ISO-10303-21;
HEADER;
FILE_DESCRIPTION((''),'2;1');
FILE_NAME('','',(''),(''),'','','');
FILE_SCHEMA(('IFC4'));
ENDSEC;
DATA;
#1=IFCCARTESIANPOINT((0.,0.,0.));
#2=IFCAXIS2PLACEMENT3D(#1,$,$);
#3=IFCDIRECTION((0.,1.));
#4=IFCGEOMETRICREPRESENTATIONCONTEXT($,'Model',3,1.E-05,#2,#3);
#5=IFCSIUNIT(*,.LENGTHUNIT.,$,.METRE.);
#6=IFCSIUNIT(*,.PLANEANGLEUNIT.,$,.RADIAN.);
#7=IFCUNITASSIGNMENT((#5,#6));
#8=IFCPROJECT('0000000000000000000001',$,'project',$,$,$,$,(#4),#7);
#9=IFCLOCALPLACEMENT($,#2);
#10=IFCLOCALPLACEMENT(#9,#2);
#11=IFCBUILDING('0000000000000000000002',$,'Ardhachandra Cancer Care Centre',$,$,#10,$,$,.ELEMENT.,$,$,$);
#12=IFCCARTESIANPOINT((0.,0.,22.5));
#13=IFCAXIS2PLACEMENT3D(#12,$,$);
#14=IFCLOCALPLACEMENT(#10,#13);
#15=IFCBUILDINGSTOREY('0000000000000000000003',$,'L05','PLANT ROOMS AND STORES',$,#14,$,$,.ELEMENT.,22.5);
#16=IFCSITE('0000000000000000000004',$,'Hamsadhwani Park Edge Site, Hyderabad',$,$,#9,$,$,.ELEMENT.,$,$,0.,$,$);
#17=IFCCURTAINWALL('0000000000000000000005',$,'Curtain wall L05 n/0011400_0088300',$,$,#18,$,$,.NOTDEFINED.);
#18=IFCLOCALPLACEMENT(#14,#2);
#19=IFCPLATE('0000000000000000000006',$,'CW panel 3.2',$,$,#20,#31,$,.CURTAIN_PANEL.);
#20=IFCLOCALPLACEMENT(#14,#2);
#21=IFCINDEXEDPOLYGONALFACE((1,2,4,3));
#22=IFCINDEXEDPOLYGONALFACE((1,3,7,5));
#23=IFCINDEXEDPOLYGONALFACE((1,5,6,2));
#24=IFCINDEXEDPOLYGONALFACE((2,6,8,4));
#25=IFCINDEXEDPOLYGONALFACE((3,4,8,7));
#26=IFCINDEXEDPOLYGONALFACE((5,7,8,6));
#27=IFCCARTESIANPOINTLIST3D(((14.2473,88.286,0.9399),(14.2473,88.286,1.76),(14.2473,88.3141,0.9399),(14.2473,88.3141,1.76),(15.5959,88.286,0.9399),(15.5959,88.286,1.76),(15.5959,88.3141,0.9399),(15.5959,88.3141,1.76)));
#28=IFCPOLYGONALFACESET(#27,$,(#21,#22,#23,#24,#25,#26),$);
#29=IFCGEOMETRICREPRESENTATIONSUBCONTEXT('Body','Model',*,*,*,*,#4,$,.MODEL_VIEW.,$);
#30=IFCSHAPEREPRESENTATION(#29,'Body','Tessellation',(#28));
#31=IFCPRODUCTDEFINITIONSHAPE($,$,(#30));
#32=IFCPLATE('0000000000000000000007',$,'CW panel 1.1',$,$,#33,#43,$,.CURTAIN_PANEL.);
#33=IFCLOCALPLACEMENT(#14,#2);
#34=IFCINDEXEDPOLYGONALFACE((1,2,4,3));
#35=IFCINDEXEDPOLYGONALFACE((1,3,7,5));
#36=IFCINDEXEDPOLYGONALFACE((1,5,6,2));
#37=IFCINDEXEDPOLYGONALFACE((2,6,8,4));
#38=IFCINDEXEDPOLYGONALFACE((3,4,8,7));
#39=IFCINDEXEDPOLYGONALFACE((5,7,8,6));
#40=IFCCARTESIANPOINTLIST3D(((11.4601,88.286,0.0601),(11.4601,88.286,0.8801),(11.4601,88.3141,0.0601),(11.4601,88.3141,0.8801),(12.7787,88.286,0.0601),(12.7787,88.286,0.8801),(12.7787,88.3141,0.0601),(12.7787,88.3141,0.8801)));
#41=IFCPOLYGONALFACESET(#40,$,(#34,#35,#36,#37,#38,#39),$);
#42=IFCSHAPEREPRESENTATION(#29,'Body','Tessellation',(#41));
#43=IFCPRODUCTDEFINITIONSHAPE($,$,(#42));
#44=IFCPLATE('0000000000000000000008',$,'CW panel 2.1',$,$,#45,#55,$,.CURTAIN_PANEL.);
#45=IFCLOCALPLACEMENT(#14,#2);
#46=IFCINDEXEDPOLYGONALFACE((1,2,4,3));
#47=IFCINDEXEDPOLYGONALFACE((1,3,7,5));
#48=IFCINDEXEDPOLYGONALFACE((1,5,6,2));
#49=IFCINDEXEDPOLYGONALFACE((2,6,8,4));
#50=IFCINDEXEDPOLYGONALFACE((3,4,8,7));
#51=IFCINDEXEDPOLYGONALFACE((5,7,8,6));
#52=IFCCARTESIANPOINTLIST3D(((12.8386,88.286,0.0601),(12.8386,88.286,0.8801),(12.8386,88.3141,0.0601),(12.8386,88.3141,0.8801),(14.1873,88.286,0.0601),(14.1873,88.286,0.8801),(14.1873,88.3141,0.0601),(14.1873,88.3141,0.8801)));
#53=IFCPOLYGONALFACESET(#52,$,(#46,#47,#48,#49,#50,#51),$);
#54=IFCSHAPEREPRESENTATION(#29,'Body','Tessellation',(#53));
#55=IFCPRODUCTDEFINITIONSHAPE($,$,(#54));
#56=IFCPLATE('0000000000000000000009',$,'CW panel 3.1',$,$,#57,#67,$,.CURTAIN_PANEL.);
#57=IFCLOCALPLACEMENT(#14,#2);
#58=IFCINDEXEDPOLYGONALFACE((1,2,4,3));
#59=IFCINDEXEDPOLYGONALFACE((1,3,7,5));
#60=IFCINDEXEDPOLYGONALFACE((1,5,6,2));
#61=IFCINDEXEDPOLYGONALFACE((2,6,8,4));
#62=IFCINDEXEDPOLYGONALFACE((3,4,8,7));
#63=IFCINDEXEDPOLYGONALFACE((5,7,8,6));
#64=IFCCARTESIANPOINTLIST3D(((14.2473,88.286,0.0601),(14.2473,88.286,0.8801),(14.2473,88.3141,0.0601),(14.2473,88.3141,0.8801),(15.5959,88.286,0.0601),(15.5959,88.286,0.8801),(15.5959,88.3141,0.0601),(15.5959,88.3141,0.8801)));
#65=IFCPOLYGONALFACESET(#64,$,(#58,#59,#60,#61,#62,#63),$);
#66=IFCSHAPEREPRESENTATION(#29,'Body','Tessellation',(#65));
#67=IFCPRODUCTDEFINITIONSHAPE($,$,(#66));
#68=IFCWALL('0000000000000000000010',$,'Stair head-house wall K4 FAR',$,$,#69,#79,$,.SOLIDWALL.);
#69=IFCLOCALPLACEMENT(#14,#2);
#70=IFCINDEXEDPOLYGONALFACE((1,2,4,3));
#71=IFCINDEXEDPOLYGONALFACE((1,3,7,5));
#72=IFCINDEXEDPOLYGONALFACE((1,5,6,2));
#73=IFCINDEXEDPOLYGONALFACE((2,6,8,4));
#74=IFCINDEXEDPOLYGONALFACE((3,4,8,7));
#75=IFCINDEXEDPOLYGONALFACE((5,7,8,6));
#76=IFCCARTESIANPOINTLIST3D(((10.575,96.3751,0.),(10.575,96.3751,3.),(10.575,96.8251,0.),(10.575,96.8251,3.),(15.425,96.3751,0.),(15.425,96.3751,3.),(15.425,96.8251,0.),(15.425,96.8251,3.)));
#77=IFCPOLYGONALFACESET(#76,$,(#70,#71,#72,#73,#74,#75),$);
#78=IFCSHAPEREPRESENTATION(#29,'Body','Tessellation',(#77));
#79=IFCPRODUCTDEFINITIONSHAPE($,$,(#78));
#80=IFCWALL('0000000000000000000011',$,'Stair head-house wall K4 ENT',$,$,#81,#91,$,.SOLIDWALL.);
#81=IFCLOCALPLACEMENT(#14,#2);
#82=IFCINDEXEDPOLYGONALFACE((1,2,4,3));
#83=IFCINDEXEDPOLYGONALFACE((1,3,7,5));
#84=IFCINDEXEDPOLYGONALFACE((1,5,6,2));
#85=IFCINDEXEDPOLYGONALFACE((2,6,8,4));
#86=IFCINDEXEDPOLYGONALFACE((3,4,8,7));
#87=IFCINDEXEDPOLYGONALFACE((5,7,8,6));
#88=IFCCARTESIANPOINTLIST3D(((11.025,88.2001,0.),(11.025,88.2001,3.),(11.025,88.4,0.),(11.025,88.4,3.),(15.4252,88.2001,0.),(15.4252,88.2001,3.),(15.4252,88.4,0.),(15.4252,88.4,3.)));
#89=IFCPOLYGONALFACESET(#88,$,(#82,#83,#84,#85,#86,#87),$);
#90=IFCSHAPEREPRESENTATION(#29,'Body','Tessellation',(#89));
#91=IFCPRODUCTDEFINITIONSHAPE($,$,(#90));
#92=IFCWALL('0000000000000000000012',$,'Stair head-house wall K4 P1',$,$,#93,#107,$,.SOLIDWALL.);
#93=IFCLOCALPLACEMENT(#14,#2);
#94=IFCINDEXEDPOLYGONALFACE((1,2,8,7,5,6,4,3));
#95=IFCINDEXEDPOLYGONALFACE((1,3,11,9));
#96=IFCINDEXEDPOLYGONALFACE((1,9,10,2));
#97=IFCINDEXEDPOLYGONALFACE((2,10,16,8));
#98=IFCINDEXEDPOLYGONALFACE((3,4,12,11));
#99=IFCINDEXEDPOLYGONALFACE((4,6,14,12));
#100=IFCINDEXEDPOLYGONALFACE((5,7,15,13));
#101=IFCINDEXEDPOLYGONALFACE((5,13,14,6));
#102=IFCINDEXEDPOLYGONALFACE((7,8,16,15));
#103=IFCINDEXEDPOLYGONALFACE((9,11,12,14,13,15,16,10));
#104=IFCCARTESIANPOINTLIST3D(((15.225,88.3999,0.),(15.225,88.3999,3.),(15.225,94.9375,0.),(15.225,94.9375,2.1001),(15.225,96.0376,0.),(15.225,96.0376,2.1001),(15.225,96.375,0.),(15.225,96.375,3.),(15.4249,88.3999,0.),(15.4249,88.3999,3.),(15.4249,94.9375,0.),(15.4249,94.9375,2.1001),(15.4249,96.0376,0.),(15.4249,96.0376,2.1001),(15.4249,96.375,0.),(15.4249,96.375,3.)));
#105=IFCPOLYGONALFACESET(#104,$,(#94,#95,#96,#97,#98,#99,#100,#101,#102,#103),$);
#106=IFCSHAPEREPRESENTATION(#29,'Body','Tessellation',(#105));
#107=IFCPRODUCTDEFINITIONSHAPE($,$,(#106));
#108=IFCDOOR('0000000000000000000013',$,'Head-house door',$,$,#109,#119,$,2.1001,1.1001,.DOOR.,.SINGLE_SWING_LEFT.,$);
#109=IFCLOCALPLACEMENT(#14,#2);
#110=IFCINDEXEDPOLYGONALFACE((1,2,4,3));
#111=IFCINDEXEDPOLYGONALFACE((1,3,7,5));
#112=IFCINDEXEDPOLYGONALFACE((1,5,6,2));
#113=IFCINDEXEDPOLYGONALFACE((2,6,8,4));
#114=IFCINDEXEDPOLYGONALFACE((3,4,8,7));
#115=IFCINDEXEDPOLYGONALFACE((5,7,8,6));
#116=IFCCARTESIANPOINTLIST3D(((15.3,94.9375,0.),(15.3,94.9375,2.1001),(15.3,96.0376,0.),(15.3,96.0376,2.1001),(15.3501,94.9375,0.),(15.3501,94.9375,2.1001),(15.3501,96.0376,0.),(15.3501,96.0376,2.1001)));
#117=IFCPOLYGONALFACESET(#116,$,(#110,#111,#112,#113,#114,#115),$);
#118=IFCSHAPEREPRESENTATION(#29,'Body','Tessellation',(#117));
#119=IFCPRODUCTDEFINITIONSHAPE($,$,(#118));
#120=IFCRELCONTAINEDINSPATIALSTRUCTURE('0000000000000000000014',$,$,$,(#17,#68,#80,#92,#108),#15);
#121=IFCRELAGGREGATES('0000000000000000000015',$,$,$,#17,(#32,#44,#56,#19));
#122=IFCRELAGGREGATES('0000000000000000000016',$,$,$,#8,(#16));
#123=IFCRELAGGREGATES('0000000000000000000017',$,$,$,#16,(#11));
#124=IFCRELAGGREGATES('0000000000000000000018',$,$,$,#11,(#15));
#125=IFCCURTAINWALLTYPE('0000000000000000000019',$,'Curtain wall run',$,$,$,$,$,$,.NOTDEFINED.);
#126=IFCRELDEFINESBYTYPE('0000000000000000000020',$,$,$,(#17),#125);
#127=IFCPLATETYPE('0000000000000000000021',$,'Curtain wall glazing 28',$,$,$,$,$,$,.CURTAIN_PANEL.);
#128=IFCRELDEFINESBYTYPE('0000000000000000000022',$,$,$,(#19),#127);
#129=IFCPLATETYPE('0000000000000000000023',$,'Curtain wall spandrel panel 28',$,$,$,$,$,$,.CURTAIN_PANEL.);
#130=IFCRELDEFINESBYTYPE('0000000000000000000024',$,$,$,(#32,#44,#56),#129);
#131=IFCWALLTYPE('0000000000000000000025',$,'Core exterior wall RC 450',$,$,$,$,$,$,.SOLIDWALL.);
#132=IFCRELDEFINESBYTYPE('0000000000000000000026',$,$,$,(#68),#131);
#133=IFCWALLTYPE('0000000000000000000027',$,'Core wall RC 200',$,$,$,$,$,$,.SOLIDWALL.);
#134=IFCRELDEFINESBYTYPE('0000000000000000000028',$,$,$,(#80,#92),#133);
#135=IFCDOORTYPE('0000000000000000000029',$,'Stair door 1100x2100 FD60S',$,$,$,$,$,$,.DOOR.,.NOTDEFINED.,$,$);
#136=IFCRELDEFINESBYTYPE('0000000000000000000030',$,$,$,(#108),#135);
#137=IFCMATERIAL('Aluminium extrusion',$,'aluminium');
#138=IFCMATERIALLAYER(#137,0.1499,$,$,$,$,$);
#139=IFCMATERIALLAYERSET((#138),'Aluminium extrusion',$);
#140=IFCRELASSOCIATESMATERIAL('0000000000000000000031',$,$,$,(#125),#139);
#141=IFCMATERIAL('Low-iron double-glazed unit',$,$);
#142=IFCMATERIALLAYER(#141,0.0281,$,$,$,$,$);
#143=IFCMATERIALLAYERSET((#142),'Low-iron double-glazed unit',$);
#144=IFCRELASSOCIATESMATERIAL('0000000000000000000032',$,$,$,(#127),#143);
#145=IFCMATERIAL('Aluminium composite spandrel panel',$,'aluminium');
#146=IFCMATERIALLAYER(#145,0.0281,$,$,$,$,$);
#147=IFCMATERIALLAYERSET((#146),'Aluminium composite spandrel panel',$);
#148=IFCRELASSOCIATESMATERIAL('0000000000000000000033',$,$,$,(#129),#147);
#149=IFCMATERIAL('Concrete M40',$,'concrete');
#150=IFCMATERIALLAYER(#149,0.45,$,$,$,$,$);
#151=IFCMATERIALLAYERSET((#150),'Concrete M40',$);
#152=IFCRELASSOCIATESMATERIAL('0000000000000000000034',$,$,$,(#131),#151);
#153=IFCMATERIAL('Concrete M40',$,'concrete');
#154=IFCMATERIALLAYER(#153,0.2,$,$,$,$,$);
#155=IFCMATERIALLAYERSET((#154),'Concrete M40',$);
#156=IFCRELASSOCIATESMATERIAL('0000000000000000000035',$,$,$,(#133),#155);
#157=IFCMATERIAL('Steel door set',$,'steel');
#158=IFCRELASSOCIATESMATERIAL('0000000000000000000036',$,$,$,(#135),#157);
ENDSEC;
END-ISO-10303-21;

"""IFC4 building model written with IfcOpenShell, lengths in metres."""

from ifc_helpers import new_model, si_unit, direction, frame, frame_2d, origin, origin_2d, place, context, subcontext, project, spatial, rectangle, extrude, material, layer, layer_set, type_object, element, fill, aggregate, save


model = new_model("IFC4")

# Units and contexts
model_context = context("Model", 3, precision=1e-05, world=origin(), true_north=direction((0.0, 1.0)))
body_context = subcontext(model_context, "Body", "Model", "MODEL_VIEW")
ifc_project = project(units=[si_unit("LENGTHUNIT", "METRE"), si_unit("PLANEANGLEUNIT", "RADIAN")], contexts=[model_context])

# Site, building, storey
site_placement = place(None, origin())
site = spatial("IfcSite", under=ifc_project, at=site_placement, Name="Hamsadhwani Park Edge Site, Hyderabad", CompositionType="ELEMENT", RefElevation=0.0)
building_placement = place(site_placement, origin())
building = spatial("IfcBuilding", under=site, at=building_placement, Name="Ardhachandra Cancer Care Centre", CompositionType="ELEMENT")
storey_placement = place(building_placement, frame((0.0, 0.0, 22.5)))
storey = spatial("IfcBuildingStorey", under=building, at=storey_placement, Name="L05", Description="PLANT ROOMS AND STORES", CompositionType="ELEMENT", Elevation=22.5)

# Curtain wall, plates
ifc_material_1 = material(Name="Aluminium extrusion", Category="aluminium")
ifc_layer_1 = layer(ifc_material_1, 0.1499)
ifc_layer_set_1 = layer_set([ifc_layer_1], Name="Aluminium extrusion")
curtain_wall_type = type_object("IfcCurtainWallType", Name="Curtain wall run", PredefinedType="NOTDEFINED", material=ifc_layer_set_1)
curtain_wall_placement = place(storey_placement, origin())
curtain_wall = element("IfcCurtainWall", 1, at=curtain_wall_placement, inside=storey, type_object=curtain_wall_type, Name="Curtain wall L05 n/0011400_0088300", PredefinedType="NOTDEFINED")
ifc_material_2 = material(Name="Low-iron double-glazed unit")
ifc_layer_2 = layer(ifc_material_2, 0.0281)
ifc_layer_set_2 = layer_set([ifc_layer_2], Name="Low-iron double-glazed unit")
plate_type_1 = type_object("IfcPlateType", Name="Curtain wall glazing 28", PredefinedType="CURTAIN_PANEL", material=ifc_layer_set_2)
plate_1_placement = place(storey_placement, frame((14.9216, 88.3, 0.9399), z_axis=(0.0, 0.0, 1.0), x_axis=(1.0, 0.0, 0.0)))
plate_1 = element("IfcPlate", 2, at=plate_1_placement, type_object=plate_type_1, Name="CW panel 3.2", PredefinedType="CURTAIN_PANEL", context=body_context, shape_type="SweptSolid", body=[
    extrude(rectangle(XDim=1.3486, YDim=0.0281, at=origin_2d()), origin(), (0.0, 0.0, 1.0), 0.8201),
])
ifc_material_3 = material(Name="Aluminium composite spandrel panel", Category="aluminium")
ifc_layer_3 = layer(ifc_material_3, 0.0281)
ifc_layer_set_3 = layer_set([ifc_layer_3], Name="Aluminium composite spandrel panel")
plate_type_2 = type_object("IfcPlateType", Name="Curtain wall spandrel panel 28", PredefinedType="CURTAIN_PANEL", material=ifc_layer_set_3)
plate_2_placement = place(storey_placement, frame((12.1194, 88.3, 0.0601), z_axis=(0.0, 0.0, 1.0), x_axis=(1.0, 0.0, 0.0)))
plate_2 = element("IfcPlate", 3, at=plate_2_placement, type_object=plate_type_2, Name="CW panel 1.1", PredefinedType="CURTAIN_PANEL", context=body_context, shape_type="SweptSolid", body=[
    extrude(rectangle(XDim=1.3186, YDim=0.0281, at=origin_2d()), origin(), (0.0, 0.0, 1.0), 0.8201),
])
plate_3_placement = place(storey_placement, frame((13.5129, 88.3, 0.0601), z_axis=(0.0, 0.0, 1.0), x_axis=(1.0, 0.0, 0.0)))
plate_3 = element("IfcPlate", 4, at=plate_3_placement, type_object=plate_type_2, Name="CW panel 2.1", PredefinedType="CURTAIN_PANEL", context=body_context, shape_type="SweptSolid", body=[
    extrude(rectangle(XDim=1.3486, YDim=0.0281, at=origin_2d()), origin(), (0.0, 0.0, 1.0), 0.8201),
])
plate_4_placement = place(storey_placement, frame((14.9216, 88.3, 0.0601), z_axis=(0.0, 0.0, 1.0), x_axis=(1.0, 0.0, 0.0)))
plate_4 = element("IfcPlate", 5, at=plate_4_placement, type_object=plate_type_2, Name="CW panel 3.1", PredefinedType="CURTAIN_PANEL", context=body_context, shape_type="SweptSolid", body=[
    extrude(rectangle(XDim=1.3486, YDim=0.0281, at=origin_2d()), origin(), (0.0, 0.0, 1.0), 0.8201),
])
aggregate(curtain_wall, [plate_2, plate_3, plate_4, plate_1])

# Walls
ifc_material_4 = material(Name="Concrete M40", Category="concrete")
ifc_layer_4 = layer(ifc_material_4, 0.45)
ifc_layer_set_4 = layer_set([ifc_layer_4], Name="Concrete M40")
wall_type_1 = type_object("IfcWallType", Name="Core exterior wall RC 450", PredefinedType="SOLIDWALL", material=ifc_layer_set_4)
wall_1_placement = place(storey_placement, frame((10.575, 96.6001, 0.0), z_axis=(0.0, 0.0, 1.0), x_axis=(1.0, 0.0, 0.0)))
element("IfcWall", 6, at=wall_1_placement, inside=storey, type_object=wall_type_1, Name="Stair head-house wall K4 FAR", PredefinedType="SOLIDWALL", context=body_context, shape_type="SweptSolid", body=[
    extrude(rectangle(XDim=4.8501, YDim=0.45, at=frame_2d((2.425, 0.0))), origin(), (0.0, 0.0, 1.0), 3.0),
])
ifc_material_5 = material(Name="Concrete M40", Category="concrete")
ifc_layer_5 = layer(ifc_material_5, 0.2)
ifc_layer_set_5 = layer_set([ifc_layer_5], Name="Concrete M40")
wall_type_2 = type_object("IfcWallType", Name="Core wall RC 200", PredefinedType="SOLIDWALL", material=ifc_layer_set_5)
wall_2_placement = place(storey_placement, frame((11.0249, 88.3, 0.0), z_axis=(0.0, 0.0, 1.0), x_axis=(1.0, 0.0, 0.0)))
element("IfcWall", 7, at=wall_2_placement, inside=storey, type_object=wall_type_2, Name="Stair head-house wall K4 ENT", PredefinedType="SOLIDWALL", context=body_context, shape_type="SweptSolid", body=[
    extrude(rectangle(XDim=4.4001, YDim=0.2, at=frame_2d((2.2002, 0.0))), origin(), (0.0, 0.0, 1.0), 3.0),
])

# Wall, opening, door
wall_3_placement = place(storey_placement, frame((15.325, 88.3999, 0.0), z_axis=(0.0, 0.0, 1.0), x_axis=(0.0, 1.0, 0.0)))
wall_3 = element("IfcWall", 8, at=wall_3_placement, inside=storey, type_object=wall_type_2, Name="Stair head-house wall K4 P1", PredefinedType="SOLIDWALL", context=body_context, shape_type="SweptSolid", body=[
    extrude(rectangle(XDim=7.9751, YDim=0.2, at=frame_2d((3.9875, 0.0))), origin(), (0.0, 0.0, 1.0), 3.0),
])
opening_placement = place(wall_3_placement, frame((6.5376, 0.0, 0.0)))
opening = element("IfcOpeningElement", 9, at=opening_placement, cuts=wall_3, PredefinedType="OPENING", context=body_context, shape_type="SweptSolid", body=[
    extrude(rectangle(XDim=1.1001, YDim=2.1001, at=frame_2d((0.55, 1.05))), frame((0.0, 0.1099, 0.0), z_axis=(0.0, -1.0, 0.0), x_axis=(1.0, 0.0, 0.0)), (0.0, 0.0, 1.0), 0.22),
])
ifc_material_6 = material(Name="Steel door set", Category="steel")
door_type = type_object("IfcDoorType", Name="Stair door 1100x2100 FD60S", OperationType="NOTDEFINED", PredefinedType="DOOR", material=ifc_material_6)
door_placement = place(opening_placement, origin())
door = element("IfcDoor", 10, at=door_placement, inside=storey, type_object=door_type, Name="Head-house door", OperationType="SINGLE_SWING_LEFT", OverallHeight=2.1001, OverallWidth=1.1001, PredefinedType="DOOR", context=body_context, shape_type="SweptSolid", body=[
    extrude(rectangle(XDim=1.1001, YDim=2.1001, at=frame_2d((0.55, 1.05))), frame((0.0, 0.0249, 0.0), z_axis=(0.0, -1.0, 0.0), x_axis=(1.0, 0.0, 0.0)), (0.0, 0.0, 1.0), 0.05),
])
fill(opening, door)

save(model, "model.ifc")
